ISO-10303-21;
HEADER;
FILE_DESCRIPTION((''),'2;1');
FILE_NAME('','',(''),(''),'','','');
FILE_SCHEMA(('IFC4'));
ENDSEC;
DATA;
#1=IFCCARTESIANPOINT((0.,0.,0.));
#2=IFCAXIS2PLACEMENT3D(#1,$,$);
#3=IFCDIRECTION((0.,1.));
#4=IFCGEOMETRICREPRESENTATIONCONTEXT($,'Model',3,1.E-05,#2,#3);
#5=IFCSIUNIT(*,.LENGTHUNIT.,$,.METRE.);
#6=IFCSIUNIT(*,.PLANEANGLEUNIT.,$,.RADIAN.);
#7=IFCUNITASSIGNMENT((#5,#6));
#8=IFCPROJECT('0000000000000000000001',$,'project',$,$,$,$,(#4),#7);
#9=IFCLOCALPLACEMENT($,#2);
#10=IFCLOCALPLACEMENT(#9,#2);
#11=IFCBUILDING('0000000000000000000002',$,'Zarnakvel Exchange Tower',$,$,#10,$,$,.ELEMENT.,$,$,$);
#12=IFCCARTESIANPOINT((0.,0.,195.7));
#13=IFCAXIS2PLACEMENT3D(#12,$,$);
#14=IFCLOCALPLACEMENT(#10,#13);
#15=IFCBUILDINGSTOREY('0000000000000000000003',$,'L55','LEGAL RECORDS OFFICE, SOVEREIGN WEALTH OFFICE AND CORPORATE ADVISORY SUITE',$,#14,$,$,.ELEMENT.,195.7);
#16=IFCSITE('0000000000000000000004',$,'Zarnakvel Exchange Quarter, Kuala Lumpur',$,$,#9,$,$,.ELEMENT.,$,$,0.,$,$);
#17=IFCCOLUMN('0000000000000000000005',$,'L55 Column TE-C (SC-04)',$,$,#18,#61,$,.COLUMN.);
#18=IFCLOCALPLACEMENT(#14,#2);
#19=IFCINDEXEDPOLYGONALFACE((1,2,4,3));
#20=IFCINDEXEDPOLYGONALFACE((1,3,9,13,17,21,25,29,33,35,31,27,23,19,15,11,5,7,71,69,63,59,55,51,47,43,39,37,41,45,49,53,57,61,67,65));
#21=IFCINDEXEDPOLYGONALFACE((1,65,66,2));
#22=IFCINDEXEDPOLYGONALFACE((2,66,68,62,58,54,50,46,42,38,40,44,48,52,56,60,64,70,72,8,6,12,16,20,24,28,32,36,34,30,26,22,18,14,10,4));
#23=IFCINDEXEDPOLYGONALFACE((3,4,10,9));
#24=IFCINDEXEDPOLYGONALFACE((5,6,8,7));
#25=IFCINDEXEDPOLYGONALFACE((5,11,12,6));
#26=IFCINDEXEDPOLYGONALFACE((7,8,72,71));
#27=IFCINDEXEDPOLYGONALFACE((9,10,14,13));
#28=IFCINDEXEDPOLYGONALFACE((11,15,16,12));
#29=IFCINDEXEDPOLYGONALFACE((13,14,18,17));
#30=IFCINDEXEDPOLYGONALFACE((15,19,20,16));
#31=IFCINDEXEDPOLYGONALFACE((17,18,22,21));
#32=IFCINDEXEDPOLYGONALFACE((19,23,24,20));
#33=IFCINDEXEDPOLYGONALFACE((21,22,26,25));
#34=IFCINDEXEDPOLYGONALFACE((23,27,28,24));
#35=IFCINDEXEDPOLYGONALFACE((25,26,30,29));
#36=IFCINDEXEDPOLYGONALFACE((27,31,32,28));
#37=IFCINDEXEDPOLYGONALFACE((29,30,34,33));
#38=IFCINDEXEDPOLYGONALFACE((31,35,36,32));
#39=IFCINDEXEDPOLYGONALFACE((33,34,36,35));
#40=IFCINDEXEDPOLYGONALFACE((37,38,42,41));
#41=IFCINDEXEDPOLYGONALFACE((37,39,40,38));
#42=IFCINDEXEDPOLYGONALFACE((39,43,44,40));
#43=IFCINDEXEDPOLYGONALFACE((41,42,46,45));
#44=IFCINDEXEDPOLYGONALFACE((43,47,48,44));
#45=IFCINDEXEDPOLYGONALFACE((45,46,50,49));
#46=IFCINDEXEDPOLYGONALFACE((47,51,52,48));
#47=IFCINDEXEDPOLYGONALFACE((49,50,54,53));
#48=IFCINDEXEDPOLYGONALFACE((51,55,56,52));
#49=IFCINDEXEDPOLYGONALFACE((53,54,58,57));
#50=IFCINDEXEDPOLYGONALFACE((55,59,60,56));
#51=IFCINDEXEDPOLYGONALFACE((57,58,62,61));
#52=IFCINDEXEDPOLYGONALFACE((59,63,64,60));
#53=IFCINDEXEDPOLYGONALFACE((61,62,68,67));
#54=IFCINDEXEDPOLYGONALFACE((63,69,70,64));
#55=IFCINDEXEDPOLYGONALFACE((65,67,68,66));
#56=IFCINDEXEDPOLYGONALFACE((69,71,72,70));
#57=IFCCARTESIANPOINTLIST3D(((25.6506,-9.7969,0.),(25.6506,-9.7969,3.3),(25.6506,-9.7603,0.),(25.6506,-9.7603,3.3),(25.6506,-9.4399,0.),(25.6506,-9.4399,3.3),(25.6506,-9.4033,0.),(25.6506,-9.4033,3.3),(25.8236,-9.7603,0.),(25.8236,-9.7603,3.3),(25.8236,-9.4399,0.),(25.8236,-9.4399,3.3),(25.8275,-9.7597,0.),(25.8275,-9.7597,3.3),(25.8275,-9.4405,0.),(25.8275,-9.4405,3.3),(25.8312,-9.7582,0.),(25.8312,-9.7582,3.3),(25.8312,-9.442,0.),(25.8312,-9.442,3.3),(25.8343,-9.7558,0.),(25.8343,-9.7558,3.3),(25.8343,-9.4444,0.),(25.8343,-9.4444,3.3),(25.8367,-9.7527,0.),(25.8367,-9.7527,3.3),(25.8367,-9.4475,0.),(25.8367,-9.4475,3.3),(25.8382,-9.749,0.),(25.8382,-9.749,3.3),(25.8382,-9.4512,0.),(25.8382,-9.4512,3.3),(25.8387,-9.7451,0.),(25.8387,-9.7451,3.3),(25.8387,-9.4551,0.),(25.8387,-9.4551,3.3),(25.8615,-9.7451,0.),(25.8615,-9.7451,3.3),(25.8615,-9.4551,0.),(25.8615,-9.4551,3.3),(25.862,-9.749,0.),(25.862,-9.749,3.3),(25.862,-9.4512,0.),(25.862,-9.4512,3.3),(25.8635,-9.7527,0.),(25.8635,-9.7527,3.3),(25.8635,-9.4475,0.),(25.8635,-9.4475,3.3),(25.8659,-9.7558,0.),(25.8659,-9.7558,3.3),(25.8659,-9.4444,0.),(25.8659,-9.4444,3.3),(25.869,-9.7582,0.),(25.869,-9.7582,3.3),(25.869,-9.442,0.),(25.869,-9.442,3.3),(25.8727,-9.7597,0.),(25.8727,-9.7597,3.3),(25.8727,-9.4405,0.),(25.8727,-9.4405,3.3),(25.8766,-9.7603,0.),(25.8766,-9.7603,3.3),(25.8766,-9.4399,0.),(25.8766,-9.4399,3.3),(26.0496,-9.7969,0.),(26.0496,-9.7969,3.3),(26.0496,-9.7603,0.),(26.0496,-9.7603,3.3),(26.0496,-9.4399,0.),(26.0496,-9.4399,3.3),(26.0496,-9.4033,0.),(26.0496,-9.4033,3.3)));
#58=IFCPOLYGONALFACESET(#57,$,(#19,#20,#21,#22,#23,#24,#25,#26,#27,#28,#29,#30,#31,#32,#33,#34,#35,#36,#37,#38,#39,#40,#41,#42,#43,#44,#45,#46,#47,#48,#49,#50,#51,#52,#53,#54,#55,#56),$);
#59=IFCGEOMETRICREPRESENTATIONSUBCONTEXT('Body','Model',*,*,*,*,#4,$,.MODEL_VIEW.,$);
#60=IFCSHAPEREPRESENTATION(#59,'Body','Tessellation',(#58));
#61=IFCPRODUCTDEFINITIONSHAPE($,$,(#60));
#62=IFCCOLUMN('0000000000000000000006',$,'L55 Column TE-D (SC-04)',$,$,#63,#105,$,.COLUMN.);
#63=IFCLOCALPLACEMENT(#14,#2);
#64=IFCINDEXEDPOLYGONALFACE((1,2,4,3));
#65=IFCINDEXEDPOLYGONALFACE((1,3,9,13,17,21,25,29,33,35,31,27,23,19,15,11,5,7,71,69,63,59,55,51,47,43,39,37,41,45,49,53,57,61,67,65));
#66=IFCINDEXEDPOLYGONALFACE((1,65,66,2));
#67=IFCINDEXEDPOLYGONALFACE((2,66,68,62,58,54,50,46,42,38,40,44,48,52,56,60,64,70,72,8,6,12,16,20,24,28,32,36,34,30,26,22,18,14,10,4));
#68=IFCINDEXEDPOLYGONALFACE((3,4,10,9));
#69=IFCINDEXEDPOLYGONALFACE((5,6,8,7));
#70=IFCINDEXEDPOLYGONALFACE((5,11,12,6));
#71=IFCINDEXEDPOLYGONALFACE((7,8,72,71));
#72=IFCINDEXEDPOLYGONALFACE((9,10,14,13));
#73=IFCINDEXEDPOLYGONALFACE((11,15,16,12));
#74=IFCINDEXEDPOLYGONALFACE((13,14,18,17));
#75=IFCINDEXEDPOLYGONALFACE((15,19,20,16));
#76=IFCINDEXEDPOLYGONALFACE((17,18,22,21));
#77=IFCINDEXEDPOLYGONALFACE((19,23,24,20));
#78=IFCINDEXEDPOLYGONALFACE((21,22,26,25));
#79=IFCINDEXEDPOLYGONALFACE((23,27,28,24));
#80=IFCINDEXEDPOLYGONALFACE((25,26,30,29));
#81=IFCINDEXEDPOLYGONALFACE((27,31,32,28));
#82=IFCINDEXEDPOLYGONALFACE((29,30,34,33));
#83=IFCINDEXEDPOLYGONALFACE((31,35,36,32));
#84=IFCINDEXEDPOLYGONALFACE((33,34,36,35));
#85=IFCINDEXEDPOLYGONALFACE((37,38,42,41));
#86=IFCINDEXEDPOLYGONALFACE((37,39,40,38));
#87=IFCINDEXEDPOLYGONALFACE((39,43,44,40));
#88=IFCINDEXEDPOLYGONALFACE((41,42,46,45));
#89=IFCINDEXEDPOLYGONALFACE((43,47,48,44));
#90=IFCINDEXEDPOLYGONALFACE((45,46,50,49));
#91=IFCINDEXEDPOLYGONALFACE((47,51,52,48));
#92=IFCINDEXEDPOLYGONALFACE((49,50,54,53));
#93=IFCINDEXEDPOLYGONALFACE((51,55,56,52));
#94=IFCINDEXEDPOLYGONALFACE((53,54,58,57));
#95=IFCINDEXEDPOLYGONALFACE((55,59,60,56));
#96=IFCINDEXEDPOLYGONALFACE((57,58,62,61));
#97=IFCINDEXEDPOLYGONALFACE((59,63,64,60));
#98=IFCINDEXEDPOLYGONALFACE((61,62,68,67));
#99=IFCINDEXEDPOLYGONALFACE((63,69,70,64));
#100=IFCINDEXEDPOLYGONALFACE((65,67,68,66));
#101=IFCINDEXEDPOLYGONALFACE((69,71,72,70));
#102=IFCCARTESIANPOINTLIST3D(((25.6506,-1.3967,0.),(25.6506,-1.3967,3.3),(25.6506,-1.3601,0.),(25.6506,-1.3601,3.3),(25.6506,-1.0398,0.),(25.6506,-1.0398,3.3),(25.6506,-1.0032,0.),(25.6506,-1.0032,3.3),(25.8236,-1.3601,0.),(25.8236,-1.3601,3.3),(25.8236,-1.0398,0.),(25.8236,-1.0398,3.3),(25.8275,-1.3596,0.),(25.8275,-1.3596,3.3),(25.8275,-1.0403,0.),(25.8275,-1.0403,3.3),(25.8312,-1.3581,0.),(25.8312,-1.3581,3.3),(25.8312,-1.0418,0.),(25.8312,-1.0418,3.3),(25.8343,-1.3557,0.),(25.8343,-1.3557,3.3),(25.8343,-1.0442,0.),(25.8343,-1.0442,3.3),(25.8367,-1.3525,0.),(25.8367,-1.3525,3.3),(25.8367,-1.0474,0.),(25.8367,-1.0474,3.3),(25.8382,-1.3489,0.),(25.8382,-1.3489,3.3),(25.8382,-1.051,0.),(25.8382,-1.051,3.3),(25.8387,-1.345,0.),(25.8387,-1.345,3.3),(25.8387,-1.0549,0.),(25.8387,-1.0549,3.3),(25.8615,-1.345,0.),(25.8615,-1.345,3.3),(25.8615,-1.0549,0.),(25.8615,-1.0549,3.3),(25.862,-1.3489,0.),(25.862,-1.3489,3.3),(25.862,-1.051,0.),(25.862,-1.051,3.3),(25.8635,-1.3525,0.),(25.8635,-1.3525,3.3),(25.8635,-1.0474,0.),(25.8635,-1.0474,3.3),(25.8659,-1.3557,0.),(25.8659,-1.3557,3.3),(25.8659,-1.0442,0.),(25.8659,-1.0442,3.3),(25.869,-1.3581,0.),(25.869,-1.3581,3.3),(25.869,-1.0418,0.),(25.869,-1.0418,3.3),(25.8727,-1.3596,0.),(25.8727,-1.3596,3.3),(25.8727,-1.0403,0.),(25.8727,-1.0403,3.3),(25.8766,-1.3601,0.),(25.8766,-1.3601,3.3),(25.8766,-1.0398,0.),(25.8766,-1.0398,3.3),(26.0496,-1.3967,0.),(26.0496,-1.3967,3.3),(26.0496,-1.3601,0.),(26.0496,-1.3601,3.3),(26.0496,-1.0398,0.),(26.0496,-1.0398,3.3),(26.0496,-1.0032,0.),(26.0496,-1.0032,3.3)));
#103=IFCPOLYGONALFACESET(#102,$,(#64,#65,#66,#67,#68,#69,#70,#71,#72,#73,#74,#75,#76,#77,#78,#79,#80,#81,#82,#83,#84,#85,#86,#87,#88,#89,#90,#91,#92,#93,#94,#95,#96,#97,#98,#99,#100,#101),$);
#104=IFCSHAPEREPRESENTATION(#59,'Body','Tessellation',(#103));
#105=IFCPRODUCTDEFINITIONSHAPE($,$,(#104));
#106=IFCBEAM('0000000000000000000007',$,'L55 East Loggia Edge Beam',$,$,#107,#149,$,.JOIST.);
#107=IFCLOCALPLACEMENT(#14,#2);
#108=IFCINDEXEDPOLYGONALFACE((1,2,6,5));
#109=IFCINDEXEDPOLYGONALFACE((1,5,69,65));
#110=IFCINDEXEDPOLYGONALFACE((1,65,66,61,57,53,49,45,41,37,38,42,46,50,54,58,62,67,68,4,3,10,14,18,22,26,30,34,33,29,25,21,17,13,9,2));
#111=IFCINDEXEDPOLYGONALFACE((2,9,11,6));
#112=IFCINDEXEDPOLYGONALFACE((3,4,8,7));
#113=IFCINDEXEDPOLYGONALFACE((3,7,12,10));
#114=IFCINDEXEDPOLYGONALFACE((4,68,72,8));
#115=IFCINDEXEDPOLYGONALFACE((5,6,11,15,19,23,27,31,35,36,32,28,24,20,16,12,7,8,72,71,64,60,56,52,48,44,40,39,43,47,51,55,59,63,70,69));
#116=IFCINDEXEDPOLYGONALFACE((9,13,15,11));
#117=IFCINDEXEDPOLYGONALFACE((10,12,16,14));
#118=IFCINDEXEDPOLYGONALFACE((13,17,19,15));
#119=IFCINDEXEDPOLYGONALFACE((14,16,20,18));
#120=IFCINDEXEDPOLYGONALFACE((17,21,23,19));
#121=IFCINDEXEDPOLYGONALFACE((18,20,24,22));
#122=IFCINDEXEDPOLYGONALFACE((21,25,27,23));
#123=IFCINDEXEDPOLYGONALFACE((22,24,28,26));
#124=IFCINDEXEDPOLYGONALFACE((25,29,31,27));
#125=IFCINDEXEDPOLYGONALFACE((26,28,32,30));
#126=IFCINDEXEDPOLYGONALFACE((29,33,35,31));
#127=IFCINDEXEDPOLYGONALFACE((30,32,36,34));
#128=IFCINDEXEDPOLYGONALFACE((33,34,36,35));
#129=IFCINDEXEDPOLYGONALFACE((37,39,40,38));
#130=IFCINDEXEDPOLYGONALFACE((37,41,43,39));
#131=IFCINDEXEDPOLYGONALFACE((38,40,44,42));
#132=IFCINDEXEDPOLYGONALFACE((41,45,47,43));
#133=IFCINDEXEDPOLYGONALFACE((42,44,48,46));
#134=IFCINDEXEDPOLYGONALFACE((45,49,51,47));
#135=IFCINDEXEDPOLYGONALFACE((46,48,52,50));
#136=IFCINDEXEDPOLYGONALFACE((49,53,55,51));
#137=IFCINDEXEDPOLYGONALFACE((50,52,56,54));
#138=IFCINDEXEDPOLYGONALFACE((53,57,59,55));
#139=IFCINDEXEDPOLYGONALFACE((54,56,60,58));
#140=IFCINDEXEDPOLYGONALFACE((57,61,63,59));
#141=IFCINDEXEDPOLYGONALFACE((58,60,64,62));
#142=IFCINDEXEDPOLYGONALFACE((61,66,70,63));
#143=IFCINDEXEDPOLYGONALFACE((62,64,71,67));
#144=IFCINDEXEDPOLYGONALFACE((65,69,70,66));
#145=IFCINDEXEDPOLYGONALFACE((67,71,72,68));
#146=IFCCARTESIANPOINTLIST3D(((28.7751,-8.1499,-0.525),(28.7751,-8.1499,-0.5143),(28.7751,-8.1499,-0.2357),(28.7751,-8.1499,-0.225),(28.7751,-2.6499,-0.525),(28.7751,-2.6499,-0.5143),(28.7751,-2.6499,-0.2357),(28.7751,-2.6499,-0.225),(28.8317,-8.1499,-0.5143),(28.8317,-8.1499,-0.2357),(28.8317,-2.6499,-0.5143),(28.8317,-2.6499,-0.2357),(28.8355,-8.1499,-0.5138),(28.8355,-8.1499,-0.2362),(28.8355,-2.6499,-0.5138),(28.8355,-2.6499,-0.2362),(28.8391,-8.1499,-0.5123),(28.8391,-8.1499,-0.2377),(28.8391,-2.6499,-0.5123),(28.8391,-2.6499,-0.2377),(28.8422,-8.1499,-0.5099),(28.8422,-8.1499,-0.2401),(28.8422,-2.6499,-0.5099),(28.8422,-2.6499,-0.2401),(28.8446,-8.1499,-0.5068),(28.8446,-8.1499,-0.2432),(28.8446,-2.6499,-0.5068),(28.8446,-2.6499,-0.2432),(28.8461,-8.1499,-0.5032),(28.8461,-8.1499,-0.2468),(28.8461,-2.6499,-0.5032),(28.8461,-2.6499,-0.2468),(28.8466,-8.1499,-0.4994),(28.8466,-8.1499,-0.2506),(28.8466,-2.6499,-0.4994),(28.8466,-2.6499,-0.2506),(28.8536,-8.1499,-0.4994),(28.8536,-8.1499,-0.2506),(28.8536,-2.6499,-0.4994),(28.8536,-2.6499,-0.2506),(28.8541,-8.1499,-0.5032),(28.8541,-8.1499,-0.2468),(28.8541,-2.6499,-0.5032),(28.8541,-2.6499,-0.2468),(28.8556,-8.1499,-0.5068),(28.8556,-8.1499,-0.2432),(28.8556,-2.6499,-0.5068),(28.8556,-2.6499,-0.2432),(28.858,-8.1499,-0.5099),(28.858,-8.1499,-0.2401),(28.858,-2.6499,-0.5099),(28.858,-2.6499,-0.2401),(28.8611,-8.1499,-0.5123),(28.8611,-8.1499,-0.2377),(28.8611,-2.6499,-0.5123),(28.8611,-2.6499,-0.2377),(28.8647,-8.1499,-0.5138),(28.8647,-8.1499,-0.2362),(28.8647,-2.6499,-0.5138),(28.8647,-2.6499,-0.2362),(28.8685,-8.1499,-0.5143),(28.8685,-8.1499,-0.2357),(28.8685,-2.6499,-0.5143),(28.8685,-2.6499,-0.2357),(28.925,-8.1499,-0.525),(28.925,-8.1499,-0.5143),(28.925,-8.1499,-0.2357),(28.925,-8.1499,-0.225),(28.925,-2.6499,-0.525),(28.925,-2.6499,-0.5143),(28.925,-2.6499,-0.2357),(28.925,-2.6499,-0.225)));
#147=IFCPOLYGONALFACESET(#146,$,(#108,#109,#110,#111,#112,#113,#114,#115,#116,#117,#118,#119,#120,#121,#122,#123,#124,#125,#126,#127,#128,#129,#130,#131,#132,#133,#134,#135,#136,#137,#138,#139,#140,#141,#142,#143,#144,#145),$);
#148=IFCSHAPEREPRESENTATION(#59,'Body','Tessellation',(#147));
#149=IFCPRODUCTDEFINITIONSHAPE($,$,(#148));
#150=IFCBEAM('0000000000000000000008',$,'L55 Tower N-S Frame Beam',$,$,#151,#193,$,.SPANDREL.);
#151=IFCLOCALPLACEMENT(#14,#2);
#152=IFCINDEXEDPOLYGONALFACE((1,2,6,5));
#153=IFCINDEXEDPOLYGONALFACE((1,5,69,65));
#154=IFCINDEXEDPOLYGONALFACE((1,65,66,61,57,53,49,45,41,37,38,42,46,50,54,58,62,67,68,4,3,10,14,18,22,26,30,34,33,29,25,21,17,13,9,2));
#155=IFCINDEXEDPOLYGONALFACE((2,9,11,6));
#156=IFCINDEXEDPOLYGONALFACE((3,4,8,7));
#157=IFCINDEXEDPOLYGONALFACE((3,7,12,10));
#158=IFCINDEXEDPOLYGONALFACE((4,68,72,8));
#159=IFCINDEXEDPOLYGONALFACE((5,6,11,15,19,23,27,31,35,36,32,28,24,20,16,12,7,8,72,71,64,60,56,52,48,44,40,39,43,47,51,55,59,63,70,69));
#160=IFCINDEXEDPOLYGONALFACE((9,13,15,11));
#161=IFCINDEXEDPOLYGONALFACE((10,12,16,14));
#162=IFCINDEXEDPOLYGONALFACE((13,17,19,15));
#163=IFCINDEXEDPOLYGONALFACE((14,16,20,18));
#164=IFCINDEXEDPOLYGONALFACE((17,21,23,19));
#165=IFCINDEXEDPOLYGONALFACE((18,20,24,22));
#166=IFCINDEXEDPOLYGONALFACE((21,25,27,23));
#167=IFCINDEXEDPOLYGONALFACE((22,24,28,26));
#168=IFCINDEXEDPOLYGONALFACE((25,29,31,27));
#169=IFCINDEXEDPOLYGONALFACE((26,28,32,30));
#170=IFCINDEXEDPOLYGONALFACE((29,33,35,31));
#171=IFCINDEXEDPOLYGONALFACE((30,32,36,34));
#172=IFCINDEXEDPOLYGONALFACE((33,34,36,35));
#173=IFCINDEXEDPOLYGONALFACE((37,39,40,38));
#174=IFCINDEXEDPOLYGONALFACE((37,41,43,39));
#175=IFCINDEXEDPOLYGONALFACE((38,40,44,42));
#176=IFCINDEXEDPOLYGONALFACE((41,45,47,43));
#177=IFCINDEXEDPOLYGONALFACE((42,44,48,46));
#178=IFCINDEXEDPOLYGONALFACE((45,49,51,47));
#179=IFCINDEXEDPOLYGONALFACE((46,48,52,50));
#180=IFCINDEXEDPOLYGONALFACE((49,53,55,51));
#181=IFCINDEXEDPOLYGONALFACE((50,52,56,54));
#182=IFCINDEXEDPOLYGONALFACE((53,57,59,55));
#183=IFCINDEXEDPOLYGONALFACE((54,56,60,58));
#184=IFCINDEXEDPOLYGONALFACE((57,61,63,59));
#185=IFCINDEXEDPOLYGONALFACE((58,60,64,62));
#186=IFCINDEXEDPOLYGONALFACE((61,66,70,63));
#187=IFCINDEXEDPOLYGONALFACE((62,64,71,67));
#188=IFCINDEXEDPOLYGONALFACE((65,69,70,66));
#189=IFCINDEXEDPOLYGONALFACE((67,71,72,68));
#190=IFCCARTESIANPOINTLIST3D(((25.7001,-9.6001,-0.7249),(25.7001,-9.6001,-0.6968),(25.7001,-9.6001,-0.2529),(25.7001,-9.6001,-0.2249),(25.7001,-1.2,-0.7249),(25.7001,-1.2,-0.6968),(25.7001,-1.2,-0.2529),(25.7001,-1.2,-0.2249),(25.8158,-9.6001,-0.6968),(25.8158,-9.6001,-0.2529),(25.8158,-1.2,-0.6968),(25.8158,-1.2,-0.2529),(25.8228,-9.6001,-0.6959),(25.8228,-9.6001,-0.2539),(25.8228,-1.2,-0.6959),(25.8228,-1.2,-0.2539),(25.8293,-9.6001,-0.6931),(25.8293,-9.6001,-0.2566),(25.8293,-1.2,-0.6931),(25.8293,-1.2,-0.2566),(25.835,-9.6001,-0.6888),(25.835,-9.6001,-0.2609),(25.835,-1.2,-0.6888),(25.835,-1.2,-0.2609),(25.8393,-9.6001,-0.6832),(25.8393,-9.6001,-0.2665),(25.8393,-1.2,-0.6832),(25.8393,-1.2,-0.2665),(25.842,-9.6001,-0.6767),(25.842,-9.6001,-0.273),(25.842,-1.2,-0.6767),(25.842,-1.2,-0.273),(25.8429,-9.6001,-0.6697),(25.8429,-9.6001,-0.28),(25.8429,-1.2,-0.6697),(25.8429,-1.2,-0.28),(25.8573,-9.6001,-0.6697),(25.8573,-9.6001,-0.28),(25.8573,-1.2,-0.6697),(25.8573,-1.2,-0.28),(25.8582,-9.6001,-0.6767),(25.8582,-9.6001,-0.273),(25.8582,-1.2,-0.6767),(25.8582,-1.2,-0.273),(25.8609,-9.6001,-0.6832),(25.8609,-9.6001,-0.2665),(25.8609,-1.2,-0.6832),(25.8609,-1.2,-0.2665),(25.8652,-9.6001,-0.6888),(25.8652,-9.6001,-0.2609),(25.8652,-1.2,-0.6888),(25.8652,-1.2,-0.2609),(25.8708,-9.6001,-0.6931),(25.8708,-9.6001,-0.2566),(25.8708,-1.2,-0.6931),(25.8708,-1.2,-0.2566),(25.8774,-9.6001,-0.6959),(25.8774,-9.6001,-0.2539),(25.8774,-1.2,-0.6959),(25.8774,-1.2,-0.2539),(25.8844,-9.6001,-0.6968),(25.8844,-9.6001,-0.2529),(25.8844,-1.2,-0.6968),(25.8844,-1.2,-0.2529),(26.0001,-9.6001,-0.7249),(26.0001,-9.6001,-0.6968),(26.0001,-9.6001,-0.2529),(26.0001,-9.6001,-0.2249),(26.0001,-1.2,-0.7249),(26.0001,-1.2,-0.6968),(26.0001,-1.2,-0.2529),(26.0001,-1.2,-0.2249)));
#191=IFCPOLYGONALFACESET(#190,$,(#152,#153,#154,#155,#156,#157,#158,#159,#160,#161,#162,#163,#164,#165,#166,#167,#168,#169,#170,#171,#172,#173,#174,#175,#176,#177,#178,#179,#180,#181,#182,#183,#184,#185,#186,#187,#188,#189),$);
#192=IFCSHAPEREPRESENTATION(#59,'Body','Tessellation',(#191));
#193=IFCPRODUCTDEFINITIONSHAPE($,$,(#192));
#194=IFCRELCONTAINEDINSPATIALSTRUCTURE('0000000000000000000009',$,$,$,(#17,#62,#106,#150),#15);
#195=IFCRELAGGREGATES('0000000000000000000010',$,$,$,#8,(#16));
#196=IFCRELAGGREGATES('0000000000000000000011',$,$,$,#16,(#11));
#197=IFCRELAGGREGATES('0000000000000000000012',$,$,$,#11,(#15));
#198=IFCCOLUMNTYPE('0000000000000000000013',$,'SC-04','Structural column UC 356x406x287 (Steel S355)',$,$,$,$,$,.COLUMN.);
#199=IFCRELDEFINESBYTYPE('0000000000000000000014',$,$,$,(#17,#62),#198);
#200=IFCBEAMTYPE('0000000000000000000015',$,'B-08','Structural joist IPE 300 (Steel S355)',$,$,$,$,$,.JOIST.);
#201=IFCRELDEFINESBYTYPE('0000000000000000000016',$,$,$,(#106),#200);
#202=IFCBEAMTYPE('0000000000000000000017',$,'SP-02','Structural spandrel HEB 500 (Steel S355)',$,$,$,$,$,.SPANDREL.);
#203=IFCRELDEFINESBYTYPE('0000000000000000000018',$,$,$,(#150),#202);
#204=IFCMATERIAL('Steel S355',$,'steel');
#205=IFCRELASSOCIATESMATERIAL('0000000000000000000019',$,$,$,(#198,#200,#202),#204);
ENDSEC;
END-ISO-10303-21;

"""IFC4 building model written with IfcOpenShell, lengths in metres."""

from ifc_helpers import new_model, si_unit, direction, frame, origin, origin_2d, place, context, subcontext, project, spatial, i_section, extrude, material, material_profile, profile_set, type_object, element, save


model = new_model("IFC4")

# Units and contexts
model_context = context("Model", 3, precision=1e-05, world=origin(), true_north=direction((0.0, 1.0)))
body_context = subcontext(model_context, "Body", "Model", "MODEL_VIEW")
ifc_project = project(units=[si_unit("LENGTHUNIT", "METRE"), si_unit("PLANEANGLEUNIT", "RADIAN")], contexts=[model_context])

# Site, building, storey
site_placement = place(None, origin())
site = spatial("IfcSite", under=ifc_project, at=site_placement, Name="Zarnakvel Exchange Quarter, Kuala Lumpur", CompositionType="ELEMENT", RefElevation=0.0)
building_placement = place(site_placement, origin())
building = spatial("IfcBuilding", under=site, at=building_placement, Name="Zarnakvel Exchange Tower", CompositionType="ELEMENT")
storey_placement = place(building_placement, frame((0.0, 0.0, 195.7)))
storey = spatial("IfcBuildingStorey", under=building, at=storey_placement, Name="L55", Description="LEGAL RECORDS OFFICE, SOVEREIGN WEALTH OFFICE AND CORPORATE ADVISORY SUITE", CompositionType="ELEMENT", Elevation=195.7)

# Columns
ifc_material_1 = material(Name="Steel S355", Category="steel")
ifc_material_profile_1 = material_profile(ifc_material_1, i_section(OverallWidth=0.3989, OverallDepth=0.3936, WebThickness=0.0227, FlangeThickness=0.0366, FilletRadius=0.0151, at=origin_2d()))
ifc_profile_set_1 = profile_set([ifc_material_profile_1], Name="Steel S355")
column_type = type_object("IfcColumnType", Name="SC-04", Description="Structural column UC 356x406x287 (Steel S355)", PredefinedType="COLUMN", material=ifc_profile_set_1)
for number, where, z_axis, x_axis, name in (
    (1, (25.8501, -9.6001, 0.0), (0.0, 0.0, 1.0), (1.0, 0.0, 0.0), "L55 Column TE-C (SC-04)"),
    (2, (25.8501, -1.2, 0.0), (0.0, 0.0, 1.0), (1.0, 0.0, 0.0), "L55 Column TE-D (SC-04)"),
):
    element("IfcColumn", number, at=place(storey_placement, frame(where, z_axis=z_axis, x_axis=x_axis)), inside=storey, type_object=column_type, Name=name, PredefinedType="COLUMN", context=body_context, shape_type="SweptSolid", body=[
        extrude(i_section(OverallWidth=0.3989, OverallDepth=0.3936, WebThickness=0.0227, FlangeThickness=0.0366, FilletRadius=0.0151, at=origin_2d()), origin(), (0.0, 0.0, 1.0), 3.3),
    ])

# Beams
ifc_material_profile_2 = material_profile(ifc_material_1, i_section(OverallWidth=0.1499, OverallDepth=0.3, WebThickness=0.0071, FlangeThickness=0.0107, FilletRadius=0.0149, at=origin_2d()))
ifc_profile_set_2 = profile_set([ifc_material_profile_2], Name="Steel S355")
beam_type_1 = type_object("IfcBeamType", Name="B-08", Description="Structural joist IPE 300 (Steel S355)", PredefinedType="JOIST", material=ifc_profile_set_2)
beam_1_placement = place(storey_placement, frame((28.8501, -8.1499, -0.375), z_axis=(0.0, 1.0, 0.0), x_axis=(-1.0, 0.0, 0.0)))
element("IfcBeam", 3, at=beam_1_placement, inside=storey, type_object=beam_type_1, Name="L55 East Loggia Edge Beam", PredefinedType="JOIST", context=body_context, shape_type="SweptSolid", body=[
    extrude(i_section(OverallWidth=0.1499, OverallDepth=0.3, WebThickness=0.0071, FlangeThickness=0.0107, FilletRadius=0.0149, at=origin_2d()), origin(), (0.0, 0.0, 1.0), 5.5),
])
ifc_material_profile_3 = material_profile(ifc_material_1, i_section(OverallWidth=0.3, OverallDepth=0.5, WebThickness=0.0144, FlangeThickness=0.0281, FilletRadius=0.0271, at=origin_2d()))
ifc_profile_set_3 = profile_set([ifc_material_profile_3], Name="Steel S355")
beam_type_2 = type_object("IfcBeamType", Name="SP-02", Description="Structural spandrel HEB 500 (Steel S355)", PredefinedType="SPANDREL", material=ifc_profile_set_3)
beam_2_placement = place(storey_placement, frame((25.8501, -9.6001, -0.4749), z_axis=(0.0, 1.0, 0.0), x_axis=(-1.0, 0.0, 0.0)))
element("IfcBeam", 4, at=beam_2_placement, inside=storey, type_object=beam_type_2, Name="L55 Tower N-S Frame Beam", PredefinedType="SPANDREL", context=body_context, shape_type="SweptSolid", body=[
    extrude(i_section(OverallWidth=0.3, OverallDepth=0.5, WebThickness=0.0144, FlangeThickness=0.0281, FilletRadius=0.0271, at=origin_2d()), origin(), (0.0, 0.0, 1.0), 8.4001),
])

save(model, "model.ifc")
